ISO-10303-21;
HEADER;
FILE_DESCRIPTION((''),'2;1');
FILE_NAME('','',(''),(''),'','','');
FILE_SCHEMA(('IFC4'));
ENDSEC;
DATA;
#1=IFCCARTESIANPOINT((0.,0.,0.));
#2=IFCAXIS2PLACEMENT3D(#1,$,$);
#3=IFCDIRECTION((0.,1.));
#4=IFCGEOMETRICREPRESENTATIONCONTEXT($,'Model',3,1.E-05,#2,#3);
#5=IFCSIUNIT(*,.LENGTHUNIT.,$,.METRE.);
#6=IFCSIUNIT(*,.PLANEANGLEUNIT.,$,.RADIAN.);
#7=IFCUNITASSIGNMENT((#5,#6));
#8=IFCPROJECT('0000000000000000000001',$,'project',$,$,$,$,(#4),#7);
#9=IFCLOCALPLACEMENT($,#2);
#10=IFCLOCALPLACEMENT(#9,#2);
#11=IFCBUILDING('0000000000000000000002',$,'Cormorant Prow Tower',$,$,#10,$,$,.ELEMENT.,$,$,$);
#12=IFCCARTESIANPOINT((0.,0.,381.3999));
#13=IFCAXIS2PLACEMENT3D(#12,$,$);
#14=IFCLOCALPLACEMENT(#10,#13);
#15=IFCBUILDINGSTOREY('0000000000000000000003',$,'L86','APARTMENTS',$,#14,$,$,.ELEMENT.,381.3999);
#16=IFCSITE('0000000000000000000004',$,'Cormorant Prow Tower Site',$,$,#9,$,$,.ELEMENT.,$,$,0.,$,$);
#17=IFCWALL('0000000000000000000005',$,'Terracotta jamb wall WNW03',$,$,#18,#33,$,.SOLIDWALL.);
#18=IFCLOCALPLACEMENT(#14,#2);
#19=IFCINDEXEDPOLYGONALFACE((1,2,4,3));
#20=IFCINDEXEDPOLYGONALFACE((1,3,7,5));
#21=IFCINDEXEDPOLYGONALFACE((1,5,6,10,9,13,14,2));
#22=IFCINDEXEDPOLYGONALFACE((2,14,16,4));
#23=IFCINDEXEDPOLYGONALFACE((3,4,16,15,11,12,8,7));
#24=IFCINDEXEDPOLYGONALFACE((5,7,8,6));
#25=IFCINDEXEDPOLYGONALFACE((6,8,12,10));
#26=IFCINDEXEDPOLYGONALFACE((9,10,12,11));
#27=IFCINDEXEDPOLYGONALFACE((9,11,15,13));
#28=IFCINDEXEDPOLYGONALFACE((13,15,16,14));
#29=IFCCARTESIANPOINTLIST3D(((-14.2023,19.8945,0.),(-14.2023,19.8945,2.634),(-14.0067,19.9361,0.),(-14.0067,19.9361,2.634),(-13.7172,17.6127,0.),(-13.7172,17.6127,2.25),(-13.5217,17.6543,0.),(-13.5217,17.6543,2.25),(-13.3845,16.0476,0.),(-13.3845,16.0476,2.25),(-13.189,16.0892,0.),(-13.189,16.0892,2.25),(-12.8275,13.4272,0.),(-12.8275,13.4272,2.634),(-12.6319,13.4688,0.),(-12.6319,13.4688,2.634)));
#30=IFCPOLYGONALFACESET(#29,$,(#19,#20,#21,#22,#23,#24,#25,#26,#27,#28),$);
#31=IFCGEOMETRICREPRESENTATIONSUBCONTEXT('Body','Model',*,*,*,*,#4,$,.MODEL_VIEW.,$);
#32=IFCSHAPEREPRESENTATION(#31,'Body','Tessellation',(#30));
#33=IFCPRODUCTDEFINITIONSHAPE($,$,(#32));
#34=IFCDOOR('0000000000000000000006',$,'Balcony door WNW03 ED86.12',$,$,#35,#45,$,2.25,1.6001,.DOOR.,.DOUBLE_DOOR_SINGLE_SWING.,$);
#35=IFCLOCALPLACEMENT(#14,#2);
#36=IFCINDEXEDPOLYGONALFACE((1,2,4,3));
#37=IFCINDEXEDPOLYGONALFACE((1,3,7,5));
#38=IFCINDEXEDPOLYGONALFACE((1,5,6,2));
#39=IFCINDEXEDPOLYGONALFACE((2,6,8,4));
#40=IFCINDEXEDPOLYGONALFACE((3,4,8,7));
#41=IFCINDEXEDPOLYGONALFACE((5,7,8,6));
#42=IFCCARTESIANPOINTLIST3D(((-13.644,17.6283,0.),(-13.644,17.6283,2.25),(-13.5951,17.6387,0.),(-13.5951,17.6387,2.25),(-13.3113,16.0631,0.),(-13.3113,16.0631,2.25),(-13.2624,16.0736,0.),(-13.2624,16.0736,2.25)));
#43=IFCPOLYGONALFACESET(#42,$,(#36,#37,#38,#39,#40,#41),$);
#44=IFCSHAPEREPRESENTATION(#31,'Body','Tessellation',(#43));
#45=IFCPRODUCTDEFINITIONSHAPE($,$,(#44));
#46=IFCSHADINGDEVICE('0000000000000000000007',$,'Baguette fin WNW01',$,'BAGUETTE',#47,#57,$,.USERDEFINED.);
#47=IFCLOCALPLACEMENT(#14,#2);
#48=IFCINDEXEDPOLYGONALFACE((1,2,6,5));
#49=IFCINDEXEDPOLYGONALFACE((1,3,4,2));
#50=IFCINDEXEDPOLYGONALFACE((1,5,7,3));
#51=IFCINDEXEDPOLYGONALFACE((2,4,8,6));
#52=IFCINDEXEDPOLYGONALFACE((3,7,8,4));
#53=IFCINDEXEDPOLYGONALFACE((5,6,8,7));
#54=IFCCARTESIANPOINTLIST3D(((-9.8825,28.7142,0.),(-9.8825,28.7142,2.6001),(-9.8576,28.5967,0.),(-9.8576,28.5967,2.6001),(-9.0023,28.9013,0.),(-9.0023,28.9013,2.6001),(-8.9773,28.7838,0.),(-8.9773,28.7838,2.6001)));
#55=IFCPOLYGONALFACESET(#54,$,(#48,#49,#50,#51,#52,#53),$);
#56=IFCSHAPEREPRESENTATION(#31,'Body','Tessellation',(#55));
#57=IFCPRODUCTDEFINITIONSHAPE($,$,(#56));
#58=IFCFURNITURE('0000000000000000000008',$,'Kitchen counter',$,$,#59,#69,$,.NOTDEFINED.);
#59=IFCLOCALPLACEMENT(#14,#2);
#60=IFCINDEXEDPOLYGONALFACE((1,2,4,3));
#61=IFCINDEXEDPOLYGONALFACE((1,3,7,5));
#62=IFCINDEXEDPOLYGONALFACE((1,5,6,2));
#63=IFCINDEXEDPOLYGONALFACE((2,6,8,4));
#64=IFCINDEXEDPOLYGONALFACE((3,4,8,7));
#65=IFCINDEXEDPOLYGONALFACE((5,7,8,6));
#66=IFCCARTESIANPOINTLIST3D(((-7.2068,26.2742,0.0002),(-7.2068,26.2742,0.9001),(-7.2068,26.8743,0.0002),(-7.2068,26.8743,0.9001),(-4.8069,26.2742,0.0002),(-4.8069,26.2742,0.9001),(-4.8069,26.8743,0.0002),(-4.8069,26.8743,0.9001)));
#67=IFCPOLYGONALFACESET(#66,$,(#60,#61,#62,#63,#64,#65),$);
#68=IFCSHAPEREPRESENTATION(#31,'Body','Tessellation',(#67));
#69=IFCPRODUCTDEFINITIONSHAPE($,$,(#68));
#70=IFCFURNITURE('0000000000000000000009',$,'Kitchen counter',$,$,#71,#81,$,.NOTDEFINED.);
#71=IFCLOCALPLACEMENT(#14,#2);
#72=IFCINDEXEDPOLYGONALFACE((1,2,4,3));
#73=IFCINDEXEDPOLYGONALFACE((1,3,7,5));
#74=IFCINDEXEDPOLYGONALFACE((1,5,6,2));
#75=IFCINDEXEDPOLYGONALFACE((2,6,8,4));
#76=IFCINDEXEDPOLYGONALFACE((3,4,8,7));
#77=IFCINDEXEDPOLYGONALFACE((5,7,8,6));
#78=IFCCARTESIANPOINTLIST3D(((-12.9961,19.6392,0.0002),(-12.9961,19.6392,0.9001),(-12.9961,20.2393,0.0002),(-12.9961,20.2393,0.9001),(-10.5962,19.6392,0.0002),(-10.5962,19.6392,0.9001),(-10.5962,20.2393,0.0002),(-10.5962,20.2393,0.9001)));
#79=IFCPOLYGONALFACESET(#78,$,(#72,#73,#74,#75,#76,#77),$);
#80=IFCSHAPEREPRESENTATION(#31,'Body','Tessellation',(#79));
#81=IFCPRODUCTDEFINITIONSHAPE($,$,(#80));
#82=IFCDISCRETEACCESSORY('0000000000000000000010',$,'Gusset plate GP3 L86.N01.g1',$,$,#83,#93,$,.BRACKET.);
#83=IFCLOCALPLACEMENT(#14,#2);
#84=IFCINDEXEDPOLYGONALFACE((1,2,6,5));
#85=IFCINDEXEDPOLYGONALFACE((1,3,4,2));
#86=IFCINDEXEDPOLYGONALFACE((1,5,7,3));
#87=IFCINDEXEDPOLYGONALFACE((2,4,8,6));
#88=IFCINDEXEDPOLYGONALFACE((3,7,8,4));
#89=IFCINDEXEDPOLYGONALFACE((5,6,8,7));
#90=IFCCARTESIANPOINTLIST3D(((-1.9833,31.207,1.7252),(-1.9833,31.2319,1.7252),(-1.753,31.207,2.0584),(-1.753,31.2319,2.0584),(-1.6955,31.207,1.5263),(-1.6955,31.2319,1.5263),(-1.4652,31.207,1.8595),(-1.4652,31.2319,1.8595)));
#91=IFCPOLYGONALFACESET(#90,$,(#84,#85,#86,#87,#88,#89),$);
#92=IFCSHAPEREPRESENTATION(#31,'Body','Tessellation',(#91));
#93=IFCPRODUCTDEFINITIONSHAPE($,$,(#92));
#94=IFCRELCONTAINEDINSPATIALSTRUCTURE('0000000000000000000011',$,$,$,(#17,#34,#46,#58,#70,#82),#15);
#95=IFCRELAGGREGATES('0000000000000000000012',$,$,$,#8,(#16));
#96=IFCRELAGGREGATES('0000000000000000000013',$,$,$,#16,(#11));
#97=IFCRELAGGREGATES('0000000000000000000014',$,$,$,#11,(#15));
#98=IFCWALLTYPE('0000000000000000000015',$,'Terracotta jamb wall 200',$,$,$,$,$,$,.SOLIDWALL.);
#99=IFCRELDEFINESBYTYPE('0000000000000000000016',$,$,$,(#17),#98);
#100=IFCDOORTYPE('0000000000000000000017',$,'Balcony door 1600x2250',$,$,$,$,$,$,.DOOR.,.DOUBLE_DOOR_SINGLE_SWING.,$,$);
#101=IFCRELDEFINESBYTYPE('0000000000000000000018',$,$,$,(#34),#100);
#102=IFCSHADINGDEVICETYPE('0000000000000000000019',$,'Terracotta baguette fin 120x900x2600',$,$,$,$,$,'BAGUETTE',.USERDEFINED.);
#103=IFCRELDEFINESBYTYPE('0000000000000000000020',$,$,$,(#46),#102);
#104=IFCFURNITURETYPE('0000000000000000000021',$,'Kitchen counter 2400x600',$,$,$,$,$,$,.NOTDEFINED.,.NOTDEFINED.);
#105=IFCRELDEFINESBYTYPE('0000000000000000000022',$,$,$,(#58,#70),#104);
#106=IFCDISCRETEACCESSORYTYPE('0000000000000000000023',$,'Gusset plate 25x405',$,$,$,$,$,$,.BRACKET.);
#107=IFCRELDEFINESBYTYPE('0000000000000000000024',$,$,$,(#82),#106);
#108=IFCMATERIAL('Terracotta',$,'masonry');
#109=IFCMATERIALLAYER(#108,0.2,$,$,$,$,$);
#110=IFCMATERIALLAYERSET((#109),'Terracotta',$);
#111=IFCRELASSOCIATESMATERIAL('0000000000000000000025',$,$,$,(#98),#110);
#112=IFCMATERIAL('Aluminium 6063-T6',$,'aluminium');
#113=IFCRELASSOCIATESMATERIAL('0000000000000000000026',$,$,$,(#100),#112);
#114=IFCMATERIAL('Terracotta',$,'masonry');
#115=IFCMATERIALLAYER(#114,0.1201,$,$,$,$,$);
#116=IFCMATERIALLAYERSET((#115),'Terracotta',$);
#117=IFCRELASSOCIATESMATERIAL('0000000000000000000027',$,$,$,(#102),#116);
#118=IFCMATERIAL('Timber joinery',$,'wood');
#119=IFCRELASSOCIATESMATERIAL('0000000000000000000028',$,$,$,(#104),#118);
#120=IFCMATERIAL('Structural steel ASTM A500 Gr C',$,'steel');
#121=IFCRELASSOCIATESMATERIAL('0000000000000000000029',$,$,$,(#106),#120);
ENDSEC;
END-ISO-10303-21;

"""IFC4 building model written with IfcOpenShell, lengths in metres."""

from ifc_helpers import new_model, si_unit, direction, frame, frame_2d, origin, origin_2d, place, context, subcontext, project, spatial, rectangle, extrude, material, layer, layer_set, material_profile, profile_set, type_object, element, fill, save


model = new_model("IFC4")

# Units and contexts
model_context = context("Model", 3, precision=1e-05, world=origin(), true_north=direction((0.0, 1.0)))
body_context = subcontext(model_context, "Body", "Model", "MODEL_VIEW")
ifc_project = project(units=[si_unit("LENGTHUNIT", "METRE"), si_unit("PLANEANGLEUNIT", "RADIAN")], contexts=[model_context])

# Site, building, storey
site_placement = place(None, origin())
site = spatial("IfcSite", under=ifc_project, at=site_placement, Name="Cormorant Prow Tower Site", CompositionType="ELEMENT", RefElevation=0.0)
building_placement = place(site_placement, origin())
building = spatial("IfcBuilding", under=site, at=building_placement, Name="Cormorant Prow Tower", CompositionType="ELEMENT")
storey_placement = place(building_placement, frame((0.0, 0.0, 381.3999)))
storey = spatial("IfcBuildingStorey", under=building, at=storey_placement, Name="L86", Description="APARTMENTS", CompositionType="ELEMENT", Elevation=381.3999)

# Wall, opening, door
ifc_material_1 = material(Name="Terracotta", Category="masonry")
ifc_layer_1 = layer(ifc_material_1, 0.2)
ifc_layer_set_1 = layer_set([ifc_layer_1], Name="Terracotta")
wall_type_1 = type_object("IfcWallType", Name="Terracotta jamb wall 200", PredefinedType="SOLIDWALL", material=ifc_layer_set_1)
ifc_material_2 = material(Name="Aluminium 6063-T6", Category="aluminium")
door_type_1 = type_object("IfcDoorType", Name="Balcony door 1600x2250", OperationType="DOUBLE_DOOR_SINGLE_SWING", PredefinedType="DOOR", material=ifc_material_2)
wall_1_placement = place(storey_placement, frame((-14.1045, 19.9153, 0.0), z_axis=(0.0, 0.0, 1.0), x_axis=(0.207925, -0.978145, 0.0)))
wall_1 = element("IfcWall", 1, at=wall_1_placement, inside=storey, type_object=wall_type_1, Name="Terracotta jamb wall WNW03", PredefinedType="SOLIDWALL", context=body_context, shape_type="SweptSolid", body=[
    extrude(rectangle(XDim=6.6118, YDim=0.2, at=frame_2d((3.3059, 0.0))), origin(), (0.0, 0.0, 1.0), 2.634),
])
opening_1_placement = place(wall_1_placement, frame((2.3328, 0.0, 0.0)))
opening_1 = element("IfcOpeningElement", 2, at=opening_1_placement, cuts=wall_1, PredefinedType="OPENING", context=body_context, shape_type="SweptSolid", body=[
    extrude(rectangle(XDim=1.6001, YDim=2.25, at=frame_2d((0.8, 1.125))), frame((0.0, 0.1099, 0.0), z_axis=(0.0, -1.0, 0.0), x_axis=(1.0, 0.0, 0.0)), (0.0, 0.0, 1.0), 0.22),
])
door_1_placement = place(opening_1_placement, origin())
door_1 = element("IfcDoor", 3, at=door_1_placement, inside=storey, type_object=door_type_1, Name="Balcony door WNW03 ED86.12", OperationType="DOUBLE_DOOR_SINGLE_SWING", OverallHeight=2.25, OverallWidth=1.6001, PredefinedType="DOOR", context=body_context, shape_type="SweptSolid", body=[
    extrude(rectangle(XDim=1.6001, YDim=2.25, at=frame_2d((0.8, 1.125))), frame((0.0, 0.0249, 0.0), z_axis=(0.0, -1.0, 0.0), x_axis=(1.0, 0.0, 0.0)), (0.0, 0.0, 1.0), 0.05),
])
fill(opening_1, door_1)

# Shading device
ifc_material_3 = material(Name="Terracotta", Category="masonry")
ifc_layer_2 = layer(ifc_material_3, 0.1201)
ifc_layer_set_2 = layer_set([ifc_layer_2], Name="Terracotta")
shading_device_type = type_object("IfcShadingDeviceType", Name="Terracotta baguette fin 120x900x2600", ElementType="BAGUETTE", PredefinedType="USERDEFINED", material=ifc_layer_set_2)
shading_device_placement = place(storey_placement, frame((-9.4299, 28.749, 0.0), z_axis=(0.0, 0.0, 1.0), x_axis=(0.207912, -0.978148, 0.0)))
element("IfcShadingDevice", 4, at=shading_device_placement, inside=storey, type_object=shading_device_type, Name="Baguette fin WNW01", ObjectType="BAGUETTE", PredefinedType="USERDEFINED", context=body_context, shape_type="SweptSolid", body=[
    extrude(rectangle(XDim=0.1201, YDim=0.8999, at=origin_2d()), origin(), (0.0, 0.0, 1.0), 2.6001),
])

# Furniture
ifc_material_4 = material(Name="Timber joinery", Category="wood")
furniture_type = type_object("IfcFurnitureType", Name="Kitchen counter 2400x600", AssemblyPlace="NOTDEFINED", PredefinedType="NOTDEFINED", material=ifc_material_4)
for number, where, z_axis, x_axis, name in (
    (5, (-6.0068, 26.5742, 0.0002), (0.0, 0.0, 1.0), (1.0, 0.0, 0.0), "Kitchen counter"),
    (6, (-11.7961, 19.9392, 0.0002), (0.0, 0.0, 1.0), (1.0, 0.0, 0.0), "Kitchen counter"),
):
    element("IfcFurniture", number, at=place(storey_placement, frame(where, z_axis=z_axis, x_axis=x_axis)), inside=storey, type_object=furniture_type, Name=name, PredefinedType="NOTDEFINED", context=body_context, shape_type="SweptSolid", body=[
        extrude(rectangle(XDim=2.3999, YDim=0.6001, at=origin_2d()), origin(), (0.0, 0.0, 1.0), 0.8999),
    ])

# Discrete accessory
ifc_material_5 = material(Name="Structural steel ASTM A500 Gr C", Category="steel")
ifc_material_profile_1 = material_profile(ifc_material_5, rectangle(XDim=0.0249, YDim=0.405, at=origin_2d()), Name="Gusset plate 25x405")
ifc_profile_set_1 = profile_set([ifc_material_profile_1], Name="Structural steel ASTM A500 Gr C")
discrete_accessory_type = type_object("IfcDiscreteAccessoryType", Name="Gusset plate 25x405", PredefinedType="BRACKET", material=ifc_profile_set_1)
discrete_accessory_placement = place(storey_placement, frame((-1.5803, 31.2195, 1.6929), z_axis=(-0.822594, 0.0, 0.568629), x_axis=(0.0, -1.0, 0.0)))
element("IfcDiscreteAccessory", 7, at=discrete_accessory_placement, inside=storey, type_object=discrete_accessory_type, Name="Gusset plate GP3 L86.N01.g1", PredefinedType="BRACKET", context=body_context, shape_type="SweptSolid", body=[
    extrude(rectangle(XDim=0.0249, YDim=0.405, at=origin_2d()), origin(), (0.0, 0.0, 1.0), 0.3499),
])

save(model, "model.ifc")
